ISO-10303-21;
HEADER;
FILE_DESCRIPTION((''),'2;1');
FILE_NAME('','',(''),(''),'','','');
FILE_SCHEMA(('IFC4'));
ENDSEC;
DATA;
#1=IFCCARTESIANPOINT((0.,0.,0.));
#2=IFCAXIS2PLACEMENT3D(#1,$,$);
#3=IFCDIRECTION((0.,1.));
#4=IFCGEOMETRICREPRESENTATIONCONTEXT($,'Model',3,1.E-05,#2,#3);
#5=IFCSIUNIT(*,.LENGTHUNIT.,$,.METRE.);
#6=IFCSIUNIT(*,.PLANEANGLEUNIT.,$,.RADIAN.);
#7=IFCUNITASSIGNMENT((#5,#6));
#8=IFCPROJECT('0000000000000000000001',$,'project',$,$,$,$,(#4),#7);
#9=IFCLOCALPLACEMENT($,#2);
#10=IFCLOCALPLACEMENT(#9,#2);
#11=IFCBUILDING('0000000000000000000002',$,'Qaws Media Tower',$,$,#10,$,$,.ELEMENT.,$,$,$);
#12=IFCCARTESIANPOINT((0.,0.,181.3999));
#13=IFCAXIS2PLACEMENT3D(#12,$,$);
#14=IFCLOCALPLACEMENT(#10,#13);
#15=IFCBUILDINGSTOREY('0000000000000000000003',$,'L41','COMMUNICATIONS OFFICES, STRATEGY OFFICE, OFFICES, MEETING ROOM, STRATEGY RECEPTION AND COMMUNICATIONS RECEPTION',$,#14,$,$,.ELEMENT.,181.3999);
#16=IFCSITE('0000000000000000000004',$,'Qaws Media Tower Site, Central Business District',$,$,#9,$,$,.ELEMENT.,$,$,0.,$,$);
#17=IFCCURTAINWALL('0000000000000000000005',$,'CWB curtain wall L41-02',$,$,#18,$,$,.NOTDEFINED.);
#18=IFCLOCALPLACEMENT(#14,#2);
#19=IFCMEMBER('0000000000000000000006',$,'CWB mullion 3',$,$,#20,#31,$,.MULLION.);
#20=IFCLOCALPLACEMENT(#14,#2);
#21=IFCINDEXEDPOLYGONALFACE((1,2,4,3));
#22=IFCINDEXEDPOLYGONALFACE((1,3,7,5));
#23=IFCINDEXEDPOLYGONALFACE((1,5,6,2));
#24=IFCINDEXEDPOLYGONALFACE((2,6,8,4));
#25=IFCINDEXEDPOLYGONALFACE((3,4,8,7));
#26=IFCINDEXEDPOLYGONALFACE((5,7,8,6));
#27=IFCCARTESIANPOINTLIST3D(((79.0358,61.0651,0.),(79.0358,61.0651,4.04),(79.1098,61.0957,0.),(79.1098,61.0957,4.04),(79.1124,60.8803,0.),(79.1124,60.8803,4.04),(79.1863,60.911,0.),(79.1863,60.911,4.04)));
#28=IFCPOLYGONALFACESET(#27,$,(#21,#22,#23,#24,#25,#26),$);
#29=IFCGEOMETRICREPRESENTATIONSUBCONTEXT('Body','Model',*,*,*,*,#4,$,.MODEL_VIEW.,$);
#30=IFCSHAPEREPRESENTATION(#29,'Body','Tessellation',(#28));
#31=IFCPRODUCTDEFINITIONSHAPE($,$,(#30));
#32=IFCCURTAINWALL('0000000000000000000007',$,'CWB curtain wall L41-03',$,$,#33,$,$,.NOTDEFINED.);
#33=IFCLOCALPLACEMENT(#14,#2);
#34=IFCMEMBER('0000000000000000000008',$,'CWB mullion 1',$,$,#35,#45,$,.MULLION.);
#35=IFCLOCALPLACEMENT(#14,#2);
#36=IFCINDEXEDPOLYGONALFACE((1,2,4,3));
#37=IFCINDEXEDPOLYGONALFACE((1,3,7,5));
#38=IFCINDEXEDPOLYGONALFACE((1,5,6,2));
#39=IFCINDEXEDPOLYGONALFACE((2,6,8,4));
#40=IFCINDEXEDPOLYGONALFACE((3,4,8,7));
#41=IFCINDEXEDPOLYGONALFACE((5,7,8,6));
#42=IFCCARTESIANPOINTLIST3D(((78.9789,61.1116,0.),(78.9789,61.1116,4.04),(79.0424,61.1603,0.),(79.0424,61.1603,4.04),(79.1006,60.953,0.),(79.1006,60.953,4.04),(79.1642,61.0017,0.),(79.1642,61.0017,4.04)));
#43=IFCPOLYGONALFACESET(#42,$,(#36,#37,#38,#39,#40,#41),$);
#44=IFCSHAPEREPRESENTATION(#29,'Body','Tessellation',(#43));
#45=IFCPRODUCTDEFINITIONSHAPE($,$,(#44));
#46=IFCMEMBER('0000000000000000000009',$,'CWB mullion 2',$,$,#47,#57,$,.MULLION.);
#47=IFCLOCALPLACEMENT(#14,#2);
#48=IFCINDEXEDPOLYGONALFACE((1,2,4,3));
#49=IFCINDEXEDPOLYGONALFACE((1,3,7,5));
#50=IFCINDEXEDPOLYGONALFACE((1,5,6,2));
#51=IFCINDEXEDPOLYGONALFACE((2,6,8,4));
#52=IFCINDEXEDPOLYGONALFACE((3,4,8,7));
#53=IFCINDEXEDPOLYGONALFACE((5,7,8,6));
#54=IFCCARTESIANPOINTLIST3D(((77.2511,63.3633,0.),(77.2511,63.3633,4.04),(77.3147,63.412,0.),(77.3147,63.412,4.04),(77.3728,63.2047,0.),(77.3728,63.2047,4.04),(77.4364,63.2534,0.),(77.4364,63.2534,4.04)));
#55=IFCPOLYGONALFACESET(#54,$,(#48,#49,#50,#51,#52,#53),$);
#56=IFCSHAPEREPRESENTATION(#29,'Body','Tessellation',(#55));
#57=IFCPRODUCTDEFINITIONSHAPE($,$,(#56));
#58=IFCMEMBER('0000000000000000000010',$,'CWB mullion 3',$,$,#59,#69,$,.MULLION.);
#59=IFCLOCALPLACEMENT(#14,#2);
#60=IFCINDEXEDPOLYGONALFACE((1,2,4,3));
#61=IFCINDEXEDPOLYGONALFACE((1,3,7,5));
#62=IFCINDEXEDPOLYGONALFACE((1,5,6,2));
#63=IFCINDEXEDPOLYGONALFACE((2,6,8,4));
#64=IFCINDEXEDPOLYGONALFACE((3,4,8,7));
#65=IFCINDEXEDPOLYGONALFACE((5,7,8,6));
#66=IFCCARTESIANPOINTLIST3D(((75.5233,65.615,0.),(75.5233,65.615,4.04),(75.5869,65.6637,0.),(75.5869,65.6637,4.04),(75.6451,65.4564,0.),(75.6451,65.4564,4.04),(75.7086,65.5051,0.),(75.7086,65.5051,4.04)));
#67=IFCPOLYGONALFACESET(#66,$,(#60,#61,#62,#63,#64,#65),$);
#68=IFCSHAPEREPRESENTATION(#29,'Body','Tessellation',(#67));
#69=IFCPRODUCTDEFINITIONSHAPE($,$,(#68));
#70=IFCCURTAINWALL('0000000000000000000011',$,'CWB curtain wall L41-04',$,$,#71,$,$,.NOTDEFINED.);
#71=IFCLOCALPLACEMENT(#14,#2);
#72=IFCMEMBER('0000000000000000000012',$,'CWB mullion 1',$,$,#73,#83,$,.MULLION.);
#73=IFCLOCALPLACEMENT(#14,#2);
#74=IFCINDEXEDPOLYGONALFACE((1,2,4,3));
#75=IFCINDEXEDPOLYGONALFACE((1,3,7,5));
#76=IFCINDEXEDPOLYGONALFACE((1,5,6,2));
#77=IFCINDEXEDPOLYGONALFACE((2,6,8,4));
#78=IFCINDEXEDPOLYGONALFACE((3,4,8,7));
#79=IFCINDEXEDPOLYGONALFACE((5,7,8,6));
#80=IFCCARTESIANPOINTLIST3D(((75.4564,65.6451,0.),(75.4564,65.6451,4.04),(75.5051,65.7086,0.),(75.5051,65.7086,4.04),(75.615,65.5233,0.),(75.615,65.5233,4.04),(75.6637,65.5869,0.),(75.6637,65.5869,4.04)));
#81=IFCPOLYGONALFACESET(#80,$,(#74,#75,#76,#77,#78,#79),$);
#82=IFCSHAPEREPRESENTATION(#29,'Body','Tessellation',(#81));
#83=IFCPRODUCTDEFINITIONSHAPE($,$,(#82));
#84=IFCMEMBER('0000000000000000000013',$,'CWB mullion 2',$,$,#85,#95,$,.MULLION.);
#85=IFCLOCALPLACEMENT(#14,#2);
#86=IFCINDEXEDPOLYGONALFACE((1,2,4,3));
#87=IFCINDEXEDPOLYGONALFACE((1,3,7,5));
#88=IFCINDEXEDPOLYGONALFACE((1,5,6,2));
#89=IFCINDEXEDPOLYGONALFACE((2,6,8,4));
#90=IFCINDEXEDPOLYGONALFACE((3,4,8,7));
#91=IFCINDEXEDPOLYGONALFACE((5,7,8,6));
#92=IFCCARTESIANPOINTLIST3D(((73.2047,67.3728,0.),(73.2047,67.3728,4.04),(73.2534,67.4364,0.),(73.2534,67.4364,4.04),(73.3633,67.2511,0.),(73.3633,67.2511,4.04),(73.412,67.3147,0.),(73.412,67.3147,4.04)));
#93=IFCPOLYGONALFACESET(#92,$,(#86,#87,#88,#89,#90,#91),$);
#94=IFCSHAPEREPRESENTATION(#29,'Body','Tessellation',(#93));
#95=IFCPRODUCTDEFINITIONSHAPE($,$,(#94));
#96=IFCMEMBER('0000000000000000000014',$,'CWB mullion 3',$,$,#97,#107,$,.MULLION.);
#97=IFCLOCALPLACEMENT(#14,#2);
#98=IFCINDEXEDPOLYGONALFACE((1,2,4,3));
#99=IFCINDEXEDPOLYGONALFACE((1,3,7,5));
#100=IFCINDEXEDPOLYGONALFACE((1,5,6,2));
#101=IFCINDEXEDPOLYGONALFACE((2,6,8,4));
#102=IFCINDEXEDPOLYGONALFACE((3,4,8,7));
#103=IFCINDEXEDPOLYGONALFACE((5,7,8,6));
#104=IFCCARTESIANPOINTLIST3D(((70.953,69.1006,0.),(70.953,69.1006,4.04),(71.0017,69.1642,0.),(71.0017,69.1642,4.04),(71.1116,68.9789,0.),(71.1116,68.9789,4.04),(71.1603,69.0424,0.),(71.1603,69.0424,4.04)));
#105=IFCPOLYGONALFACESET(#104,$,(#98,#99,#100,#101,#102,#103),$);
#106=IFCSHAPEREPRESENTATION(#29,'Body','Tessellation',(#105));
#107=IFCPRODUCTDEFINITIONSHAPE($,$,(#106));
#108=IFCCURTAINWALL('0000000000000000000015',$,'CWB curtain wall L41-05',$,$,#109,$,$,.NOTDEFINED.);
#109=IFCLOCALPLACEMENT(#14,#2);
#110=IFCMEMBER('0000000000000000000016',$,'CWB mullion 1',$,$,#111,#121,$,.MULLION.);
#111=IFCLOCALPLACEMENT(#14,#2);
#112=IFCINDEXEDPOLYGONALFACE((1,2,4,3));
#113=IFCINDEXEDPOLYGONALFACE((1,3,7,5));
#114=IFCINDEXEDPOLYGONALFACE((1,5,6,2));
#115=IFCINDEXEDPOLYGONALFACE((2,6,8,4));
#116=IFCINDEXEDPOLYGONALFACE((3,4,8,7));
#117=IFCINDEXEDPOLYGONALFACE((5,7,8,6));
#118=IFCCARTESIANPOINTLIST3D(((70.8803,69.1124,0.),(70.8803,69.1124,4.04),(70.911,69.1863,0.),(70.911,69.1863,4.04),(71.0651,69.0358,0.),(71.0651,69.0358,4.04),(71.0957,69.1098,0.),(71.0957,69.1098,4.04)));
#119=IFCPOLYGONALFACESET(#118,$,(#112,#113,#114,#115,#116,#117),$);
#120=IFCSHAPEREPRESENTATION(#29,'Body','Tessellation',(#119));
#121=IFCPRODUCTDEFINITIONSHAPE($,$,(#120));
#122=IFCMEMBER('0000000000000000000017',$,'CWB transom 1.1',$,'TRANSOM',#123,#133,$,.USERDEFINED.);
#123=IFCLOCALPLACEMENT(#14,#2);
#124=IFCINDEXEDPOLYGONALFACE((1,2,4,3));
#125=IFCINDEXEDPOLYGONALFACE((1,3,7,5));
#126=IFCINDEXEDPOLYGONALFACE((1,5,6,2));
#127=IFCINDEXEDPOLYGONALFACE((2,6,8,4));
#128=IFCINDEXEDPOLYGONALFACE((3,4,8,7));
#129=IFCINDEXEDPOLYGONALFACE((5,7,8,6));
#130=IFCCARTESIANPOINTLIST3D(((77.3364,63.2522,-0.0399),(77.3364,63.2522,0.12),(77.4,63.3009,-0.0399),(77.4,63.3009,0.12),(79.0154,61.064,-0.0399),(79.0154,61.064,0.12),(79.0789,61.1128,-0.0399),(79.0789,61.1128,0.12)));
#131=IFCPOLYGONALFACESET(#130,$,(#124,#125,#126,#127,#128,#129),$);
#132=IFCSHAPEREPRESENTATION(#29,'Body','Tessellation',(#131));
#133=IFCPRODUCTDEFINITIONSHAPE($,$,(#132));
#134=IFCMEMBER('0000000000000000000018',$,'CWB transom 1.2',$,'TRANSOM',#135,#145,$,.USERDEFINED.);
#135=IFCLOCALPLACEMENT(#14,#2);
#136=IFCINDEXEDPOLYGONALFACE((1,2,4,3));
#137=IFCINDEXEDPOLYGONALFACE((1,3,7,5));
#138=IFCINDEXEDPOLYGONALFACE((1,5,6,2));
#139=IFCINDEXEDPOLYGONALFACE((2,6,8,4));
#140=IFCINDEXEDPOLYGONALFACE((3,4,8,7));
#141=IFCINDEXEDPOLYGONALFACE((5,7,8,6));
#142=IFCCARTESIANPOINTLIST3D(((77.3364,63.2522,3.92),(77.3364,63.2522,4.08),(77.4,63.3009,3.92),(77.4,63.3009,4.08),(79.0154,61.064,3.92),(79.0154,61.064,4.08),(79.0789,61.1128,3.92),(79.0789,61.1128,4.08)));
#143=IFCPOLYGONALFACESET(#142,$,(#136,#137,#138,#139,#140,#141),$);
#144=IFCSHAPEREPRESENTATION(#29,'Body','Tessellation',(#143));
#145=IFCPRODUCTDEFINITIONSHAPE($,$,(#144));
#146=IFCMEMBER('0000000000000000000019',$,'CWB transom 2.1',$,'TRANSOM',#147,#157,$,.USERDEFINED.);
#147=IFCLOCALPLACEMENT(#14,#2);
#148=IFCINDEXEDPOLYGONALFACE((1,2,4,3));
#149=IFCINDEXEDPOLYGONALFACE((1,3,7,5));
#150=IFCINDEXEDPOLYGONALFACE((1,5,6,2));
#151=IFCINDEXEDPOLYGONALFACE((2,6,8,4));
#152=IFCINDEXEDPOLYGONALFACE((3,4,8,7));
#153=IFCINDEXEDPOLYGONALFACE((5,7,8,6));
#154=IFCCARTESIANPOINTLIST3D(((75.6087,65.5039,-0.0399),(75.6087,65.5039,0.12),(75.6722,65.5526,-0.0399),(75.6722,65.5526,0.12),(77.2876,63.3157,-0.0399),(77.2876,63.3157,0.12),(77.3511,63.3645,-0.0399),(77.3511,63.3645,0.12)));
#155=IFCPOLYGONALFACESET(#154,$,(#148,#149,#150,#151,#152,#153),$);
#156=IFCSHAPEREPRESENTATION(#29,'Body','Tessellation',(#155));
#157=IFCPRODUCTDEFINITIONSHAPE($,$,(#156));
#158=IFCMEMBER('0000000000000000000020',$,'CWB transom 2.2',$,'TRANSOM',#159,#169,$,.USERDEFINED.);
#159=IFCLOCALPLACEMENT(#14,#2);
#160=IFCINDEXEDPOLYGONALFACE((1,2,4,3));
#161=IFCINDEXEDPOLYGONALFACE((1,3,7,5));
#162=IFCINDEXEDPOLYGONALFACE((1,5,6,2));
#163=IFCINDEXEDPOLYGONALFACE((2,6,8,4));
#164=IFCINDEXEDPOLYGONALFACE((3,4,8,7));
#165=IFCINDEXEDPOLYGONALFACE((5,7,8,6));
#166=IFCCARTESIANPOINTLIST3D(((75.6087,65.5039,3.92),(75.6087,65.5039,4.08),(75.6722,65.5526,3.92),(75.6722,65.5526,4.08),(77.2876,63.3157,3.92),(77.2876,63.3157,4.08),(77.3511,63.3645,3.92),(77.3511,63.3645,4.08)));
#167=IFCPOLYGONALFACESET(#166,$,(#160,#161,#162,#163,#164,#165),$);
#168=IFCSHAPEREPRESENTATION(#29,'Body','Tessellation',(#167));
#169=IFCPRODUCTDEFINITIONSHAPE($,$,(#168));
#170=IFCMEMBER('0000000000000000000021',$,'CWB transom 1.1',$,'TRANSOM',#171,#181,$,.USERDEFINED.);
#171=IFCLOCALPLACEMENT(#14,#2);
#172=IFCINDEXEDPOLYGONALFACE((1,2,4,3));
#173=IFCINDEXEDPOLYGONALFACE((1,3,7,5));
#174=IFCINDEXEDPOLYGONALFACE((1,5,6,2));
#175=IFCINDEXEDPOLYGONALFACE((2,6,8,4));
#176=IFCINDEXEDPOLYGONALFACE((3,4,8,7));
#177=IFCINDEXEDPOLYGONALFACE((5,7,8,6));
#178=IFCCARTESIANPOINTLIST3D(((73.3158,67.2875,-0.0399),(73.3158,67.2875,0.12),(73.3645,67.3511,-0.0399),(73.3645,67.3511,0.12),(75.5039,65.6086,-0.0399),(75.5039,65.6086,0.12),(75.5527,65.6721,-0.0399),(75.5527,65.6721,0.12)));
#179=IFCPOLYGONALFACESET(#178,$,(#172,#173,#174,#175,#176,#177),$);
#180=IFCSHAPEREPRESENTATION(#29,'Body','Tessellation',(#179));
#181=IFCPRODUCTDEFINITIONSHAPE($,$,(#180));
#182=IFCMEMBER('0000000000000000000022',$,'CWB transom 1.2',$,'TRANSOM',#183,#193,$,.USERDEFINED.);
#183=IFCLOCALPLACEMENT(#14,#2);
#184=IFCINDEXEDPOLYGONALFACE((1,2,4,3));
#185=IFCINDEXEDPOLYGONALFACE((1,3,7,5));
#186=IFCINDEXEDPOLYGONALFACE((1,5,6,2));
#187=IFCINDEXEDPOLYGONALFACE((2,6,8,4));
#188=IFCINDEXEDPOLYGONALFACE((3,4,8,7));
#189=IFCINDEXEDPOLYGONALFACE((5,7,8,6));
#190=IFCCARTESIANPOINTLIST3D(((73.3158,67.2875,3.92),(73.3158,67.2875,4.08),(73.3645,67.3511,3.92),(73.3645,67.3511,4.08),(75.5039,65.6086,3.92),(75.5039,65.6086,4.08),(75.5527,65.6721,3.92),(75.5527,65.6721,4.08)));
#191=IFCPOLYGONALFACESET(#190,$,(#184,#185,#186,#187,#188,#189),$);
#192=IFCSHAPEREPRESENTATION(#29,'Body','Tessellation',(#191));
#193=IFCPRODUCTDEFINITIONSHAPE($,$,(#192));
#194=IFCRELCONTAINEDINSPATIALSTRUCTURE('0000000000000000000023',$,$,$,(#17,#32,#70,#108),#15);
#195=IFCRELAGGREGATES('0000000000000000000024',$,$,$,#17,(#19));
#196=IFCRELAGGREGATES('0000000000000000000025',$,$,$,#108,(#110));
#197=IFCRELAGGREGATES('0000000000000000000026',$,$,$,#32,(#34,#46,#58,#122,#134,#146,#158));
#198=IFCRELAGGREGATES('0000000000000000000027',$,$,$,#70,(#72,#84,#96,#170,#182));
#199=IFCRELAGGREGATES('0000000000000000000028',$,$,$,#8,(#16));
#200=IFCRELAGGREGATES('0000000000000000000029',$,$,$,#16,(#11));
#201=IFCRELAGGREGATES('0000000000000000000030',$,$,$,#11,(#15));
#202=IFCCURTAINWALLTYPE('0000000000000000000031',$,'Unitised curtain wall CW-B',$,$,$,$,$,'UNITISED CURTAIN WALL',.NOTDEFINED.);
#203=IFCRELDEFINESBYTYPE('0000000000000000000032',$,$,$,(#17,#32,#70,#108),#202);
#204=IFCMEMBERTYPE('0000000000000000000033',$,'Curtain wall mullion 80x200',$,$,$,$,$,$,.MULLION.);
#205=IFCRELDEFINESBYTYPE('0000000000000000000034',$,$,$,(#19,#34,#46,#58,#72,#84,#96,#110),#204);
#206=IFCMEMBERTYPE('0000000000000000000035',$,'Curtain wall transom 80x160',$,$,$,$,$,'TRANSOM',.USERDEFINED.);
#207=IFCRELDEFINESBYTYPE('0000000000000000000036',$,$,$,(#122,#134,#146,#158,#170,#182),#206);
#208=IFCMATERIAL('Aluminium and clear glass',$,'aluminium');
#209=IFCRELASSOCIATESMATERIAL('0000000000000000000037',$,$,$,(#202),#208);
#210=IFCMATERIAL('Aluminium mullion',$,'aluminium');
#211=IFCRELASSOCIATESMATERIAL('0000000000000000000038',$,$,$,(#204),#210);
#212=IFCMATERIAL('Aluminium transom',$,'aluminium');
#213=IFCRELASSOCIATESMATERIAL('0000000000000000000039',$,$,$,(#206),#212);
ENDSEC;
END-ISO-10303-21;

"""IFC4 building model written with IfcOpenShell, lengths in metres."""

from ifc_helpers import new_model, si_unit, direction, frame, origin, origin_2d, place, context, subcontext, project, spatial, rectangle, extrude, material, material_profile, profile_set, type_object, element, aggregate, save


model = new_model("IFC4")

# Units and contexts
model_context = context("Model", 3, precision=1e-05, world=origin(), true_north=direction((0.0, 1.0)))
body_context = subcontext(model_context, "Body", "Model", "MODEL_VIEW")
ifc_project = project(units=[si_unit("LENGTHUNIT", "METRE"), si_unit("PLANEANGLEUNIT", "RADIAN")], contexts=[model_context])

# Site, building, storey
site_placement = place(None, origin())
site = spatial("IfcSite", under=ifc_project, at=site_placement, Name="Qaws Media Tower Site, Central Business District", CompositionType="ELEMENT", RefElevation=0.0)
building_placement = place(site_placement, origin())
building = spatial("IfcBuilding", under=site, at=building_placement, Name="Qaws Media Tower", CompositionType="ELEMENT")
storey_placement = place(building_placement, frame((0.0, 0.0, 181.3999)))
storey = spatial("IfcBuildingStorey", under=building, at=storey_placement, Name="L41", Description="COMMUNICATIONS OFFICES, STRATEGY OFFICE, OFFICES, MEETING ROOM, STRATEGY RECEPTION AND COMMUNICATIONS RECEPTION", CompositionType="ELEMENT", Elevation=181.3999)

# Curtain wall, member
ifc_material_1 = material(Name="Aluminium and clear glass", Category="aluminium")
curtain_wall_type = type_object("IfcCurtainWallType", Name="Unitised curtain wall CW-B", ElementType="UNITISED CURTAIN WALL", PredefinedType="NOTDEFINED", material=ifc_material_1)
curtain_wall_1_placement = place(storey_placement, origin())
curtain_wall_1 = element("IfcCurtainWall", 1, at=curtain_wall_1_placement, inside=storey, type_object=curtain_wall_type, Name="CWB curtain wall L41-02", PredefinedType="NOTDEFINED")
ifc_material_2 = material(Name="Aluminium mullion", Category="aluminium")
ifc_material_profile_1 = material_profile(ifc_material_2, rectangle(XDim=0.0801, YDim=0.2, at=origin_2d()), Name="80x200")
ifc_profile_set_1 = profile_set([ifc_material_profile_1], Name="Aluminium mullion")
member_type_1 = type_object("IfcMemberType", Name="Curtain wall mullion 80x200", PredefinedType="MULLION", material=ifc_profile_set_1)
member_1_placement = place(storey_placement, frame((79.1111, 60.988, 0.0), z_axis=(0.0, 0.0, 1.0), x_axis=(-0.92388, -0.382683, 0.0)))
member_1 = element("IfcMember", 2, at=member_1_placement, type_object=member_type_1, Name="CWB mullion 3", PredefinedType="MULLION", context=body_context, shape_type="SweptSolid", body=[
    extrude(rectangle(XDim=0.0801, YDim=0.2, at=origin_2d()), origin(), (0.0, 0.0, 1.0), 4.04),
])
aggregate(curtain_wall_1, [member_1])

# Curtain walls, members
curtain_wall_2_placement = place(storey_placement, origin())
curtain_wall_2 = element("IfcCurtainWall", 3, at=curtain_wall_2_placement, inside=storey, type_object=curtain_wall_type, Name="CWB curtain wall L41-03", PredefinedType="NOTDEFINED")
member_2_placement = place(storey_placement, frame((79.0715, 61.0566, 0.0), z_axis=(0.0, 0.0, 1.0), x_axis=(-0.793353, -0.608761, 0.0)))
member_2 = element("IfcMember", 4, at=member_2_placement, type_object=member_type_1, Name="CWB mullion 1", PredefinedType="MULLION", context=body_context, shape_type="SweptSolid", body=[
    extrude(rectangle(XDim=0.0801, YDim=0.2, at=origin_2d()), origin(), (0.0, 0.0, 1.0), 4.04),
])
member_3_placement = place(storey_placement, frame((77.3438, 63.3083, 0.0), z_axis=(0.0, 0.0, 1.0), x_axis=(-0.793353, -0.608761, 0.0)))
member_3 = element("IfcMember", 5, at=member_3_placement, type_object=member_type_1, Name="CWB mullion 2", PredefinedType="MULLION", context=body_context, shape_type="SweptSolid", body=[
    extrude(rectangle(XDim=0.0801, YDim=0.2, at=origin_2d()), origin(), (0.0, 0.0, 1.0), 4.04),
])
member_4_placement = place(storey_placement, frame((75.616, 65.5601, 0.0), z_axis=(0.0, 0.0, 1.0), x_axis=(-0.793353, -0.608761, 0.0)))
member_4 = element("IfcMember", 6, at=member_4_placement, type_object=member_type_1, Name="CWB mullion 3", PredefinedType="MULLION", context=body_context, shape_type="SweptSolid", body=[
    extrude(rectangle(XDim=0.0801, YDim=0.2, at=origin_2d()), origin(), (0.0, 0.0, 1.0), 4.04),
])
curtain_wall_3_placement = place(storey_placement, origin())
curtain_wall_3 = element("IfcCurtainWall", 7, at=curtain_wall_3_placement, inside=storey, type_object=curtain_wall_type, Name="CWB curtain wall L41-04", PredefinedType="NOTDEFINED")
member_5_placement = place(storey_placement, frame((75.5601, 65.616, 0.0), z_axis=(0.0, 0.0, 1.0), x_axis=(-0.608761, -0.793353, 0.0)))
member_5 = element("IfcMember", 8, at=member_5_placement, type_object=member_type_1, Name="CWB mullion 1", PredefinedType="MULLION", context=body_context, shape_type="SweptSolid", body=[
    extrude(rectangle(XDim=0.0801, YDim=0.2, at=origin_2d()), origin(), (0.0, 0.0, 1.0), 4.04),
])
member_6_placement = place(storey_placement, frame((73.3083, 67.3438, 0.0), z_axis=(0.0, 0.0, 1.0), x_axis=(-0.608761, -0.793353, 0.0)))
member_6 = element("IfcMember", 9, at=member_6_placement, type_object=member_type_1, Name="CWB mullion 2", PredefinedType="MULLION", context=body_context, shape_type="SweptSolid", body=[
    extrude(rectangle(XDim=0.0801, YDim=0.2, at=origin_2d()), origin(), (0.0, 0.0, 1.0), 4.04),
])
member_7_placement = place(storey_placement, frame((71.0566, 69.0715, 0.0), z_axis=(0.0, 0.0, 1.0), x_axis=(-0.608761, -0.793353, 0.0)))
member_7 = element("IfcMember", 10, at=member_7_placement, type_object=member_type_1, Name="CWB mullion 3", PredefinedType="MULLION", context=body_context, shape_type="SweptSolid", body=[
    extrude(rectangle(XDim=0.0801, YDim=0.2, at=origin_2d()), origin(), (0.0, 0.0, 1.0), 4.04),
])

# Curtain wall, member
curtain_wall_4_placement = place(storey_placement, origin())
curtain_wall_4 = element("IfcCurtainWall", 11, at=curtain_wall_4_placement, inside=storey, type_object=curtain_wall_type, Name="CWB curtain wall L41-05", PredefinedType="NOTDEFINED")
member_8_placement = place(storey_placement, frame((70.988, 69.1111, 0.0), z_axis=(0.0, 0.0, 1.0), x_axis=(-0.382683, -0.92388, 0.0)))
member_8 = element("IfcMember", 12, at=member_8_placement, type_object=member_type_1, Name="CWB mullion 1", PredefinedType="MULLION", context=body_context, shape_type="SweptSolid", body=[
    extrude(rectangle(XDim=0.0801, YDim=0.2, at=origin_2d()), origin(), (0.0, 0.0, 1.0), 4.04),
])
aggregate(curtain_wall_4, [member_8])

# Members
ifc_material_3 = material(Name="Aluminium transom", Category="aluminium")
ifc_material_profile_2 = material_profile(ifc_material_3, rectangle(XDim=0.0801, YDim=0.1599, at=origin_2d()), Name="80x160")
ifc_profile_set_2 = profile_set([ifc_material_profile_2], Name="Aluminium transom")
member_type_2 = type_object("IfcMemberType", Name="Curtain wall transom 80x160", ElementType="TRANSOM", PredefinedType="USERDEFINED", material=ifc_profile_set_2)
member_9_placement = place(storey_placement, frame((79.0471, 61.0884, 0.04), z_axis=(-0.608731, 0.793377, 0.0), x_axis=(-0.793377, -0.608731, 0.0)))
member_9 = element("IfcMember", 13, at=member_9_placement, type_object=member_type_2, Name="CWB transom 1.1", ObjectType="TRANSOM", PredefinedType="USERDEFINED", context=body_context, shape_type="SweptSolid", body=[
    extrude(rectangle(XDim=0.0801, YDim=0.1599, at=origin_2d()), origin(), (0.0, 0.0, 1.0), 2.7581),
])
member_10_placement = place(storey_placement, frame((79.0471, 61.0884, 4.0), z_axis=(-0.608731, 0.793377, 0.0), x_axis=(-0.793377, -0.608731, 0.0)))
member_10 = element("IfcMember", 14, at=member_10_placement, type_object=member_type_2, Name="CWB transom 1.2", ObjectType="TRANSOM", PredefinedType="USERDEFINED", context=body_context, shape_type="SweptSolid", body=[
    extrude(rectangle(XDim=0.0801, YDim=0.1599, at=origin_2d()), origin(), (0.0, 0.0, 1.0), 2.7581),
])
member_11_placement = place(storey_placement, frame((77.3193, 63.3401, 0.04), z_axis=(-0.608731, 0.793377, 0.0), x_axis=(-0.793377, -0.608731, 0.0)))
member_11 = element("IfcMember", 15, at=member_11_placement, type_object=member_type_2, Name="CWB transom 2.1", ObjectType="TRANSOM", PredefinedType="USERDEFINED", context=body_context, shape_type="SweptSolid", body=[
    extrude(rectangle(XDim=0.0801, YDim=0.1599, at=origin_2d()), origin(), (0.0, 0.0, 1.0), 2.7581),
])
member_12_placement = place(storey_placement, frame((77.3193, 63.3401, 4.0), z_axis=(-0.608731, 0.793377, 0.0), x_axis=(-0.793377, -0.608731, 0.0)))
member_12 = element("IfcMember", 16, at=member_12_placement, type_object=member_type_2, Name="CWB transom 2.2", ObjectType="TRANSOM", PredefinedType="USERDEFINED", context=body_context, shape_type="SweptSolid", body=[
    extrude(rectangle(XDim=0.0801, YDim=0.1599, at=origin_2d()), origin(), (0.0, 0.0, 1.0), 2.7581),
])
member_13_placement = place(storey_placement, frame((75.5283, 65.6404, 0.04), z_axis=(-0.793377, 0.608731, 0.0), x_axis=(-0.608731, -0.793377, 0.0)))
member_13 = element("IfcMember", 17, at=member_13_placement, type_object=member_type_2, Name="CWB transom 1.1", ObjectType="TRANSOM", PredefinedType="USERDEFINED", context=body_context, shape_type="SweptSolid", body=[
    extrude(rectangle(XDim=0.0801, YDim=0.1599, at=origin_2d()), origin(), (0.0, 0.0, 1.0), 2.7581),
])
member_14_placement = place(storey_placement, frame((75.5283, 65.6404, 4.0), z_axis=(-0.793377, 0.608731, 0.0), x_axis=(-0.608731, -0.793377, 0.0)))
member_14 = element("IfcMember", 18, at=member_14_placement, type_object=member_type_2, Name="CWB transom 1.2", ObjectType="TRANSOM", PredefinedType="USERDEFINED", context=body_context, shape_type="SweptSolid", body=[
    extrude(rectangle(XDim=0.0801, YDim=0.1599, at=origin_2d()), origin(), (0.0, 0.0, 1.0), 2.7581),
])

aggregate(curtain_wall_2, [member_2, member_3, member_4, member_9, member_10, member_11, member_12])
aggregate(curtain_wall_3, [member_5, member_6, member_7, member_13, member_14])

save(model, "model.ifc")
